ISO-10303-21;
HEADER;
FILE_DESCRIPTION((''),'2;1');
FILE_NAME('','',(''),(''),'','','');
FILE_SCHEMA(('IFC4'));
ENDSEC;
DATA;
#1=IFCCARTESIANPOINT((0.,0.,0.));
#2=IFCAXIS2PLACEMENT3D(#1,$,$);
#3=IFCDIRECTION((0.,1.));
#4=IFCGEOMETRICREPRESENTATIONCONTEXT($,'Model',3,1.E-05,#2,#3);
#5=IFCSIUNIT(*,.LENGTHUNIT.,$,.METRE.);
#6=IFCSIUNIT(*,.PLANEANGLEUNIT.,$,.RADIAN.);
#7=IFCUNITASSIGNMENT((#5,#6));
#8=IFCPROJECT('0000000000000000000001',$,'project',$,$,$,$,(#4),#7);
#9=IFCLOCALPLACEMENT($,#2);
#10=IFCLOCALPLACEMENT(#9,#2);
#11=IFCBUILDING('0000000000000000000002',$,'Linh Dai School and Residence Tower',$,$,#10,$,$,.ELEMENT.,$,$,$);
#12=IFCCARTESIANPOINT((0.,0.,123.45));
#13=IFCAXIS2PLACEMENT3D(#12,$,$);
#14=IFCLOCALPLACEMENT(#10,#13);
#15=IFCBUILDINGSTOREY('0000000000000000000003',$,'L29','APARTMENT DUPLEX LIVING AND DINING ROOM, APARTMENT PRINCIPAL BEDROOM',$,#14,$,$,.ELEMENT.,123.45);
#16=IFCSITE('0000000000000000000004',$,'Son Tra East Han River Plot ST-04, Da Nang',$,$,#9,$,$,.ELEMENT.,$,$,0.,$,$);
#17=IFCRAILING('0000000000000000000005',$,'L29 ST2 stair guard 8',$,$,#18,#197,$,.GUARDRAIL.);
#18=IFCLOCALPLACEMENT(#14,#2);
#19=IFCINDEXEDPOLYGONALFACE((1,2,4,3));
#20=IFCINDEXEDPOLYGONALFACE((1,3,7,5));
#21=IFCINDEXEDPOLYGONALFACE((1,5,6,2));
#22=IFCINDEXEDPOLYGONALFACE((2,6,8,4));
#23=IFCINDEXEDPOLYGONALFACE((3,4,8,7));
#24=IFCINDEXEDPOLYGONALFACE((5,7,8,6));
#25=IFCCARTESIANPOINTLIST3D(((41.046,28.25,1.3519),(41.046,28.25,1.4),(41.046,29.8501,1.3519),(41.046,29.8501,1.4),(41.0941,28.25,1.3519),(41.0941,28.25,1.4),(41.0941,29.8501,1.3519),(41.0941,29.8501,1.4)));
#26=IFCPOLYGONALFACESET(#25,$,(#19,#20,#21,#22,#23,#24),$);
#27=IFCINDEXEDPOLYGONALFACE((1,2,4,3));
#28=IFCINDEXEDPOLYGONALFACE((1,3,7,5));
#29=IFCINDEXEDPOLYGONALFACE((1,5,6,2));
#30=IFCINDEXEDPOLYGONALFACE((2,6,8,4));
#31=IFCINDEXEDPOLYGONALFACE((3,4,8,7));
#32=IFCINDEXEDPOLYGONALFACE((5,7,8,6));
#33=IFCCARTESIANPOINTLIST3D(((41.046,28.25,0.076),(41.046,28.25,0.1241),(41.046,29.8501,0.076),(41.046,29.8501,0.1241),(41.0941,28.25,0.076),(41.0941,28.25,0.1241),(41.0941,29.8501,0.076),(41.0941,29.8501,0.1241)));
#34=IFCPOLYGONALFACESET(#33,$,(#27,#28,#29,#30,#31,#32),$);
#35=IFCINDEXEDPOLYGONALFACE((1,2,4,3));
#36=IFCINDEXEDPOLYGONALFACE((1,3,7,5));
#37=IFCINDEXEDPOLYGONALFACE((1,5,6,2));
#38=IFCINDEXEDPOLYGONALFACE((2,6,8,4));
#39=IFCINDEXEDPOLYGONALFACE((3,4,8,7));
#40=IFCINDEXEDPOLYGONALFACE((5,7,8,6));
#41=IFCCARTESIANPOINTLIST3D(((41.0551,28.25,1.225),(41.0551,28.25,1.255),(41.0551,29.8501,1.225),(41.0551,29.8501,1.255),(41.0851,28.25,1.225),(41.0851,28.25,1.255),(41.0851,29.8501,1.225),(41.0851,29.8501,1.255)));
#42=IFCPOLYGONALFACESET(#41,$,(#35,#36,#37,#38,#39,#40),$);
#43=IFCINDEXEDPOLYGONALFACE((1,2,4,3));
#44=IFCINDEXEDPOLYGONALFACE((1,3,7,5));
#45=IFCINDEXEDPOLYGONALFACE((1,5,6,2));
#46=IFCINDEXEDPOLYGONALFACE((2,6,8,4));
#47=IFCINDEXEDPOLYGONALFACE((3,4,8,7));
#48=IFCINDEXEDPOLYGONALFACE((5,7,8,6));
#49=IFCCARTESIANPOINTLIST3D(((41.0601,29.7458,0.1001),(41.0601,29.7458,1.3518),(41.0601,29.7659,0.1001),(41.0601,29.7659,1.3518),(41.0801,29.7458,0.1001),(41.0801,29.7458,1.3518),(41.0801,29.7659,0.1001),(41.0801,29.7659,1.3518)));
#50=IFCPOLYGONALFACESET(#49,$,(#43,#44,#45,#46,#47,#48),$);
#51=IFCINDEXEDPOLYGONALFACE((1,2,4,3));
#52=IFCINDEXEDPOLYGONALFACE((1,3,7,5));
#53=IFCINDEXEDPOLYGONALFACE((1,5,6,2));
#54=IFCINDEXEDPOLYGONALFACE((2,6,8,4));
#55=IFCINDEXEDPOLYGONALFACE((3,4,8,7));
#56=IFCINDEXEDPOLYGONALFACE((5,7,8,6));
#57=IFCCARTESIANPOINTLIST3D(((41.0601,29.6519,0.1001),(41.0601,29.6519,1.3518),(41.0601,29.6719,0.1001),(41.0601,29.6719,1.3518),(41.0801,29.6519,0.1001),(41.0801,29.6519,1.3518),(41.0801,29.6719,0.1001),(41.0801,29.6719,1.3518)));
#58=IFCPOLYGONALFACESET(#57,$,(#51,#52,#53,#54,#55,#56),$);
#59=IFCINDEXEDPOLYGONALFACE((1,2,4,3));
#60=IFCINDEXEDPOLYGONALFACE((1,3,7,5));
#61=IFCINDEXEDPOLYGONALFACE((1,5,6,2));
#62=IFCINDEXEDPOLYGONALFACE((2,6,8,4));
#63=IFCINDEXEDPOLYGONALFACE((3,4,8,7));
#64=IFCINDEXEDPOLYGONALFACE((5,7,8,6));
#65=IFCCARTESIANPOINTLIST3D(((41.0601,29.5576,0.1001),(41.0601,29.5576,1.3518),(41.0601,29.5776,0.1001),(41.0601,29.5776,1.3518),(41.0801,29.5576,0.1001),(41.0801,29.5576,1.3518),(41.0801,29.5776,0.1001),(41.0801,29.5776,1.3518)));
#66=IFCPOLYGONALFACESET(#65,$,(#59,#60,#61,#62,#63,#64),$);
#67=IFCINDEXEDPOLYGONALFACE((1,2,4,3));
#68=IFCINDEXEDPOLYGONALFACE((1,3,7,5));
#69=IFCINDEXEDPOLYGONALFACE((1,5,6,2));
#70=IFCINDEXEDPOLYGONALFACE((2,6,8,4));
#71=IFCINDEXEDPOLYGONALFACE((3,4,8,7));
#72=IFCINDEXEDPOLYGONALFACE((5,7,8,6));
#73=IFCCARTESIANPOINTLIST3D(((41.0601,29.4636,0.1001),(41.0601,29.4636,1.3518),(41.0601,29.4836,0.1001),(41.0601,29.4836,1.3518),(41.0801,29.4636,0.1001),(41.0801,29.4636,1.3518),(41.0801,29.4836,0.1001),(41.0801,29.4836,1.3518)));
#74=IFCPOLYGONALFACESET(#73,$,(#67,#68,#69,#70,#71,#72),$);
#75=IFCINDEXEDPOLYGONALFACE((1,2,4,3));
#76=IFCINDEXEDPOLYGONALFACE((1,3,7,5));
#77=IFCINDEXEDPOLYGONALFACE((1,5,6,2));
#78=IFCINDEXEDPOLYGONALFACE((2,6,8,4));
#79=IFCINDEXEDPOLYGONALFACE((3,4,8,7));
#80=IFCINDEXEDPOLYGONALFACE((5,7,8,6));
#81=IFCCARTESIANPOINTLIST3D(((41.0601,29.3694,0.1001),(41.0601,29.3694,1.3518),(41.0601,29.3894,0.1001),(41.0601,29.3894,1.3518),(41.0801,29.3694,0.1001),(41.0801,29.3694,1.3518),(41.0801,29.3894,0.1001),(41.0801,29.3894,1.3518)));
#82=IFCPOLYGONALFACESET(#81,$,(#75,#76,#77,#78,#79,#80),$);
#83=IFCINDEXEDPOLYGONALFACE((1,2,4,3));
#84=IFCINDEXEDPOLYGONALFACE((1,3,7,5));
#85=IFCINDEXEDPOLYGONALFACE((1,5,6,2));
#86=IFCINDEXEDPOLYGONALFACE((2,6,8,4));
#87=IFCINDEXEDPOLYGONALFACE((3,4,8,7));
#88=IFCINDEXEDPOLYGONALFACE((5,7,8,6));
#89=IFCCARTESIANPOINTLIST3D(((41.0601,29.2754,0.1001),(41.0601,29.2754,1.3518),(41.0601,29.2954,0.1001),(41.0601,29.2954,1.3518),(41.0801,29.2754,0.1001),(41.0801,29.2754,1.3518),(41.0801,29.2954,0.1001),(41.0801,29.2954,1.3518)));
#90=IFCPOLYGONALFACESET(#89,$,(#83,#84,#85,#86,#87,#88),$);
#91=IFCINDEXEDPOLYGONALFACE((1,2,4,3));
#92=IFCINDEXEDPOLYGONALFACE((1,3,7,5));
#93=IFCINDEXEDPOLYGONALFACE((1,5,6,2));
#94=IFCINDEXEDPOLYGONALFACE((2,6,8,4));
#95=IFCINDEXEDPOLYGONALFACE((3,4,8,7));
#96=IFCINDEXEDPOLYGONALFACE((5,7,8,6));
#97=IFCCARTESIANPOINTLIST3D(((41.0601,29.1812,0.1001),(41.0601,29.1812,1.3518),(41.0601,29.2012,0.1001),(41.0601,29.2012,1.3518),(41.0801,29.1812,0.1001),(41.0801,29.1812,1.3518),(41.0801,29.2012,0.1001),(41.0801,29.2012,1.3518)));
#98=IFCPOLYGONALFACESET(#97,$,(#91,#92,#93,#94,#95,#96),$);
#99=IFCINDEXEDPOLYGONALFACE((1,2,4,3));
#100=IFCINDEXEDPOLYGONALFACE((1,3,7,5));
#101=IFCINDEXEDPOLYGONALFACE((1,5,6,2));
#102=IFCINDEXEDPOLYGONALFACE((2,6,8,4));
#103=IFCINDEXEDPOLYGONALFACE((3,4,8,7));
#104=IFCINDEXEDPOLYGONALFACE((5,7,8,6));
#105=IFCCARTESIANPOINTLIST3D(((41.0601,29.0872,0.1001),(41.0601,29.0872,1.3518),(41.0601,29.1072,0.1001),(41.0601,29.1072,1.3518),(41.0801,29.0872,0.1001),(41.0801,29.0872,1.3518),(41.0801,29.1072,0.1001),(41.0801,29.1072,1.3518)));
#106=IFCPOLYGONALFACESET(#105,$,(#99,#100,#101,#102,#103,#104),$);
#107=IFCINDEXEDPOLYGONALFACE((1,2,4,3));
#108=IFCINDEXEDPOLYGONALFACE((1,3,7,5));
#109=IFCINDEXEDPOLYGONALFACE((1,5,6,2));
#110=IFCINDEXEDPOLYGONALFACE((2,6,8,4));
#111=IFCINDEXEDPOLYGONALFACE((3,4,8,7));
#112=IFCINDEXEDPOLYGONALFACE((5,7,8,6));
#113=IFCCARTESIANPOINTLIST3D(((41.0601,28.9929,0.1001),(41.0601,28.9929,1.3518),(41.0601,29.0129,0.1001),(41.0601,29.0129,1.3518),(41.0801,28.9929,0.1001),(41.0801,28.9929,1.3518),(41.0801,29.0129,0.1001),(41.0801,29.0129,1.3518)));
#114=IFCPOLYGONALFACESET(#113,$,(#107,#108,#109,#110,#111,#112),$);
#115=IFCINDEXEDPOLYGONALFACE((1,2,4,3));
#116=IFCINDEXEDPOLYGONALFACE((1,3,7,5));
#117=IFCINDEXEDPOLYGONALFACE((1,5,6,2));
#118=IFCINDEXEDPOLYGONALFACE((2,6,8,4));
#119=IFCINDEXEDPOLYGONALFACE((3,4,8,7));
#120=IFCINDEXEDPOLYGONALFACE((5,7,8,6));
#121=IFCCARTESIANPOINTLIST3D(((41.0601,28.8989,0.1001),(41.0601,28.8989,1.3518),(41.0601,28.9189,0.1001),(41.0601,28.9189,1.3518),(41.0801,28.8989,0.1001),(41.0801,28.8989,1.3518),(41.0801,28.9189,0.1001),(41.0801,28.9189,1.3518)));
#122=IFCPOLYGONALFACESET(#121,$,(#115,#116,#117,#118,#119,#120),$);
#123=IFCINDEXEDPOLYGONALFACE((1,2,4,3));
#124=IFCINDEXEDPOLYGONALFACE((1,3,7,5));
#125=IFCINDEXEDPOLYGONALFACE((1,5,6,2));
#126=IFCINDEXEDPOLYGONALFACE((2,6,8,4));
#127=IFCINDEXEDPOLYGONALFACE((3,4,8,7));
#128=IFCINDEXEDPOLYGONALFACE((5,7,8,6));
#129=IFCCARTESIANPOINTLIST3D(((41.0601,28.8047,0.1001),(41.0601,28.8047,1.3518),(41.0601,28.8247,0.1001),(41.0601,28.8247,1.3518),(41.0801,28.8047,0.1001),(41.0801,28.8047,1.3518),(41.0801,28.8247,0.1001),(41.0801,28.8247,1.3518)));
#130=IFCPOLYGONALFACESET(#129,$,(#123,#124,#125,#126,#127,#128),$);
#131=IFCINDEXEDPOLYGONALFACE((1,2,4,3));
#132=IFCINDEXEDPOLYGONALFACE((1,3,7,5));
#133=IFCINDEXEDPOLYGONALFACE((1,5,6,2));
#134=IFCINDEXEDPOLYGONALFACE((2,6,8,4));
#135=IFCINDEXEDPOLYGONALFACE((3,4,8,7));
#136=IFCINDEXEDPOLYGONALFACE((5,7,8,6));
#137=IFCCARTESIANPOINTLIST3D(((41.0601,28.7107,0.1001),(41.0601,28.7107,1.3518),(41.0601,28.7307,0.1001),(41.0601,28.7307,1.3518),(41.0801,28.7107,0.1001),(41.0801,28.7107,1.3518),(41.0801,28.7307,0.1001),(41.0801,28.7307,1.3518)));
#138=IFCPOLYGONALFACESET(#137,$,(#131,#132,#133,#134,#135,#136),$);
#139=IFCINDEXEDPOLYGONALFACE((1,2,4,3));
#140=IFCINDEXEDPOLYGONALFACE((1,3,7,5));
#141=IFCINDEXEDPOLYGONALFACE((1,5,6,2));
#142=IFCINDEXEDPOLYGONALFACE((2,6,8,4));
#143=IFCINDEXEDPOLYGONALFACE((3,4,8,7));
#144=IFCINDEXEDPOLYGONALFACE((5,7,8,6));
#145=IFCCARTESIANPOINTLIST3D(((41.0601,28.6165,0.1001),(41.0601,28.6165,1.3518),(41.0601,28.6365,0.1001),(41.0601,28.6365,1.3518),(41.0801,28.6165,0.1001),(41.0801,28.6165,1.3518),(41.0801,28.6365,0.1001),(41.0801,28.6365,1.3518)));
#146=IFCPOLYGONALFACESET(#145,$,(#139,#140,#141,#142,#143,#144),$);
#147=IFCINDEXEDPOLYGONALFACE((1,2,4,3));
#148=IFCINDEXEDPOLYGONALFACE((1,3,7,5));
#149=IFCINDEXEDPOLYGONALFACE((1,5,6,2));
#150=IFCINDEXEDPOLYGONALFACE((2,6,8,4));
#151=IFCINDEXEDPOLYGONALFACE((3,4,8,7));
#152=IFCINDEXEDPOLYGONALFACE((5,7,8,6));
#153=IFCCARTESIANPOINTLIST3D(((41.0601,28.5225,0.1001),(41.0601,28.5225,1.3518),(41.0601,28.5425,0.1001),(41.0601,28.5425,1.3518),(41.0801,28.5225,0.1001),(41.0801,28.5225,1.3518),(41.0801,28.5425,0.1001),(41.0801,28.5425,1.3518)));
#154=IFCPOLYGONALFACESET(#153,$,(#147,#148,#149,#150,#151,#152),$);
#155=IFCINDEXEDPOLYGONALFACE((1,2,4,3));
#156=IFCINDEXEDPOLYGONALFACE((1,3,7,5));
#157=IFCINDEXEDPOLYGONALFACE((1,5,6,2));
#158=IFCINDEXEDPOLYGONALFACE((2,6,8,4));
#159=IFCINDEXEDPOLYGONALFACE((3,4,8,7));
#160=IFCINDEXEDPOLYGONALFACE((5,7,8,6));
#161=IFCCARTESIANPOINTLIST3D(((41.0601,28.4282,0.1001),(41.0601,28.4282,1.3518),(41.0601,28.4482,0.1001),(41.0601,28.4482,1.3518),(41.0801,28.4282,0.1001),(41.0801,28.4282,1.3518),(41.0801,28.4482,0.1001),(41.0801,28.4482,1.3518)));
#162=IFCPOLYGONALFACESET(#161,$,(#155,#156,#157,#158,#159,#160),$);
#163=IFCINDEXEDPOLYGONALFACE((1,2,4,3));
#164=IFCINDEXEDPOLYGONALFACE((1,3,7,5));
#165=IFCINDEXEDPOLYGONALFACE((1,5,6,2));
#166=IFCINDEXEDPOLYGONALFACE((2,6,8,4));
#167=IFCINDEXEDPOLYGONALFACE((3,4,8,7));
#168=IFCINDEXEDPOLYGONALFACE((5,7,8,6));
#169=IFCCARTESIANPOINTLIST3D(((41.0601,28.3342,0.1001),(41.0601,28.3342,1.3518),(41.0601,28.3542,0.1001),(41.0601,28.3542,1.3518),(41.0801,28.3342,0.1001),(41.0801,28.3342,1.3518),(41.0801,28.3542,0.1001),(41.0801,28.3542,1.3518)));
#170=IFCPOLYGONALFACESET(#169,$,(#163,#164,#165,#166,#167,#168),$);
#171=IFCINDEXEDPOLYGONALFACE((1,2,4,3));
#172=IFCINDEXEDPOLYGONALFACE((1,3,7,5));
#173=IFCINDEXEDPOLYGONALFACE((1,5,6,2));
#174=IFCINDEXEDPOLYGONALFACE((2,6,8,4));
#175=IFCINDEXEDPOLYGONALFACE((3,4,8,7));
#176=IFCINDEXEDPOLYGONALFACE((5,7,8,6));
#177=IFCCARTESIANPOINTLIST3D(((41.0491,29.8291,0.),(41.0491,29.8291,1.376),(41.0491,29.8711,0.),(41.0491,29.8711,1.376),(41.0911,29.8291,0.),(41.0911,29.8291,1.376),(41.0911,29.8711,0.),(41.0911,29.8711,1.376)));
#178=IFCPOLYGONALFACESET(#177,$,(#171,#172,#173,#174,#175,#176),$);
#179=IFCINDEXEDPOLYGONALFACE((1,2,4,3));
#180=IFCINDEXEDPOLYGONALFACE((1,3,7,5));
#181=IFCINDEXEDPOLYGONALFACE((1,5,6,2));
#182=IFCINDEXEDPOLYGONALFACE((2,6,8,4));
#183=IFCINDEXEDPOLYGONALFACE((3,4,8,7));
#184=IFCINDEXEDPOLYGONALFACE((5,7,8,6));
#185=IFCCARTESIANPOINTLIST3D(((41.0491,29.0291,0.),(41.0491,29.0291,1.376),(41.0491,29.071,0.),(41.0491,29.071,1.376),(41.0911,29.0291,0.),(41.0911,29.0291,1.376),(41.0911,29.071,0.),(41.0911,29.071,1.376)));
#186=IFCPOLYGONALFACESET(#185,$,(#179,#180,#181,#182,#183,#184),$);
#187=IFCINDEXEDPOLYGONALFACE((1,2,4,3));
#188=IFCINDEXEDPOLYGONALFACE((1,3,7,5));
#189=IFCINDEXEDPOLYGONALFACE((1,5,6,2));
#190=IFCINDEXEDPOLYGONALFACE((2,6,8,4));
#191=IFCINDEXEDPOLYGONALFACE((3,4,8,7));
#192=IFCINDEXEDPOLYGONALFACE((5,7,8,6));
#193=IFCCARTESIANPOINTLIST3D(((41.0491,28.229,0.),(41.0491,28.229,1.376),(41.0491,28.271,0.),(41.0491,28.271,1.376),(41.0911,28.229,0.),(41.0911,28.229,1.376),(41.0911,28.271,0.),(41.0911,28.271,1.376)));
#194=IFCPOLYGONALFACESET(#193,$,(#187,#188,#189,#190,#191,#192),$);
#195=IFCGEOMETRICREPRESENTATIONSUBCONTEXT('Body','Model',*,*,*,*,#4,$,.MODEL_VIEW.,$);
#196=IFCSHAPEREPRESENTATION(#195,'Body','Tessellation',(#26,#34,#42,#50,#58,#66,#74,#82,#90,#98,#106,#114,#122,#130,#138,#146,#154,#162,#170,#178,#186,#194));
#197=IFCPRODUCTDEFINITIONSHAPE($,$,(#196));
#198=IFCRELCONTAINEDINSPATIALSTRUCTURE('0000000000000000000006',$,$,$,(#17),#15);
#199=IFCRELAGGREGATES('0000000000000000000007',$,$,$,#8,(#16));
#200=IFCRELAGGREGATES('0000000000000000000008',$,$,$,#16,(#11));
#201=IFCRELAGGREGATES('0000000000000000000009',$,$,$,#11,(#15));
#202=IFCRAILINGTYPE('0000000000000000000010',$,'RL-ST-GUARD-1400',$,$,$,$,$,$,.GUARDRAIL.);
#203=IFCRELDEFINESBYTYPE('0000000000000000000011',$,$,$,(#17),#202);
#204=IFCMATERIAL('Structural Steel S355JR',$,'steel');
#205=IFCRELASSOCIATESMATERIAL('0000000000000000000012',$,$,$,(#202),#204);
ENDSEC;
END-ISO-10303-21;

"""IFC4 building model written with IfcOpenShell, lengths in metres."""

from ifc_helpers import new_model, si_unit, direction, frame, origin, origin_2d, place, context, subcontext, project, spatial, rectangle, extrude, source, transform, mapped, material, type_object, element, save


model = new_model("IFC4")

# Units and contexts
model_context = context("Model", 3, precision=1e-05, world=origin(), true_north=direction((0.0, 1.0)))
body_context = subcontext(model_context, "Body", "Model", "MODEL_VIEW")
ifc_project = project(units=[si_unit("LENGTHUNIT", "METRE"), si_unit("PLANEANGLEUNIT", "RADIAN")], contexts=[model_context])

# Site, building, storey
site_placement = place(None, origin())
site = spatial("IfcSite", under=ifc_project, at=site_placement, Name="Son Tra East Han River Plot ST-04, Da Nang", CompositionType="ELEMENT", RefElevation=0.0)
building_placement = place(site_placement, origin())
building = spatial("IfcBuilding", under=site, at=building_placement, Name="Linh Dai School and Residence Tower", CompositionType="ELEMENT")
storey_placement = place(building_placement, frame((0.0, 0.0, 123.45)))
storey = spatial("IfcBuildingStorey", under=building, at=storey_placement, Name="L29", Description="APARTMENT DUPLEX LIVING AND DINING ROOM, APARTMENT PRINCIPAL BEDROOM", CompositionType="ELEMENT", Elevation=123.45)

# Shared definitions
ifc_material_1 = material(Name="Structural Steel S355JR", Category="steel")

# Railing
railing_type_1 = type_object("IfcRailingType", Name="RL-ST-GUARD-1400", PredefinedType="GUARDRAIL", material=ifc_material_1)
shared_shape_1 = source(origin(), body_context, "Body", "SweptSolid", [
    extrude(rectangle(XDim=0.0481, YDim=0.0481, at=origin_2d()), frame((0.0, 0.0, 1.376), z_axis=(0.0, -1.0, 0.0), x_axis=(1.0, 0.0, 0.0)), (0.0, 0.0, 1.0), 1.6001),
    extrude(rectangle(XDim=0.0481, YDim=0.0481, at=origin_2d()), frame((0.0, 0.0, 0.1001), z_axis=(0.0, -1.0, 0.0), x_axis=(1.0, 0.0, 0.0)), (0.0, 0.0, 1.0), 1.6001),
    extrude(rectangle(XDim=0.03, YDim=0.03, at=origin_2d()), frame((0.0, 0.0, 1.24), z_axis=(0.0, -1.0, 0.0), x_axis=(1.0, 0.0, 0.0)), (0.0, 0.0, 1.0), 1.6001),
    extrude(rectangle(XDim=0.02, YDim=0.02, at=origin_2d()), frame((0.0, -0.0942, 0.1001)), (0.0, 0.0, 1.0), 1.2517),
    extrude(rectangle(XDim=0.02, YDim=0.02, at=origin_2d()), frame((0.0, -0.1882, 0.1001)), (0.0, 0.0, 1.0), 1.2517),
    extrude(rectangle(XDim=0.02, YDim=0.02, at=origin_2d()), frame((0.0, -0.2825, 0.1001)), (0.0, 0.0, 1.0), 1.2517),
    extrude(rectangle(XDim=0.02, YDim=0.02, at=origin_2d()), frame((0.0, -0.3765, 0.1001)), (0.0, 0.0, 1.0), 1.2517),
    extrude(rectangle(XDim=0.02, YDim=0.02, at=origin_2d()), frame((0.0, -0.4707, 0.1001)), (0.0, 0.0, 1.0), 1.2517),
    extrude(rectangle(XDim=0.02, YDim=0.02, at=origin_2d()), frame((0.0, -0.5647, 0.1001)), (0.0, 0.0, 1.0), 1.2517),
    extrude(rectangle(XDim=0.02, YDim=0.02, at=origin_2d()), frame((0.0, -0.6589, 0.1001)), (0.0, 0.0, 1.0), 1.2517),
    extrude(rectangle(XDim=0.02, YDim=0.02, at=origin_2d()), frame((0.0, -0.7529, 0.1001)), (0.0, 0.0, 1.0), 1.2517),
    extrude(rectangle(XDim=0.02, YDim=0.02, at=origin_2d()), frame((0.0, -0.8472, 0.1001)), (0.0, 0.0, 1.0), 1.2517),
    extrude(rectangle(XDim=0.02, YDim=0.02, at=origin_2d()), frame((0.0, -0.9412, 0.1001)), (0.0, 0.0, 1.0), 1.2517),
    extrude(rectangle(XDim=0.02, YDim=0.02, at=origin_2d()), frame((0.0, -1.0354, 0.1001)), (0.0, 0.0, 1.0), 1.2517),
    extrude(rectangle(XDim=0.02, YDim=0.02, at=origin_2d()), frame((0.0, -1.1294, 0.1001)), (0.0, 0.0, 1.0), 1.2517),
    extrude(rectangle(XDim=0.02, YDim=0.02, at=origin_2d()), frame((0.0, -1.2236, 0.1001)), (0.0, 0.0, 1.0), 1.2517),
    extrude(rectangle(XDim=0.02, YDim=0.02, at=origin_2d()), frame((0.0, -1.3176, 0.1001)), (0.0, 0.0, 1.0), 1.2517),
    extrude(rectangle(XDim=0.02, YDim=0.02, at=origin_2d()), frame((0.0, -1.4119, 0.1001)), (0.0, 0.0, 1.0), 1.2517),
    extrude(rectangle(XDim=0.02, YDim=0.02, at=origin_2d()), frame((0.0, -1.5059, 0.1001)), (0.0, 0.0, 1.0), 1.2517),
    extrude(rectangle(XDim=0.042, YDim=0.042, at=origin_2d()), origin(), (0.0, 0.0, 1.0), 1.376),
    extrude(rectangle(XDim=0.042, YDim=0.042, at=origin_2d()), frame((0.0, -0.8, 0.0)), (0.0, 0.0, 1.0), 1.376),
    extrude(rectangle(XDim=0.042, YDim=0.042, at=origin_2d()), frame((0.0, -1.6001, 0.0)), (0.0, 0.0, 1.0), 1.376),
])
for number, where, name in (
    (1, (41.0701, 29.8501, 0.0), "L29 ST2 stair guard 8"),
):
    element("IfcRailing", number, at=place(storey_placement, frame(where)), inside=storey, type_object=railing_type_1, Name=name, PredefinedType="GUARDRAIL", context=body_context, shape_type="MappedRepresentation", body=[
        mapped(shared_shape_1, transform((0.0, 0.0, 0.0), x_axis=(1.0, 0.0, 0.0), y_axis=(0.0, 1.0, 0.0), z_axis=(0.0, 0.0, 1.0), scale=1.0)),
    ])

save(model, "model.ifc")
